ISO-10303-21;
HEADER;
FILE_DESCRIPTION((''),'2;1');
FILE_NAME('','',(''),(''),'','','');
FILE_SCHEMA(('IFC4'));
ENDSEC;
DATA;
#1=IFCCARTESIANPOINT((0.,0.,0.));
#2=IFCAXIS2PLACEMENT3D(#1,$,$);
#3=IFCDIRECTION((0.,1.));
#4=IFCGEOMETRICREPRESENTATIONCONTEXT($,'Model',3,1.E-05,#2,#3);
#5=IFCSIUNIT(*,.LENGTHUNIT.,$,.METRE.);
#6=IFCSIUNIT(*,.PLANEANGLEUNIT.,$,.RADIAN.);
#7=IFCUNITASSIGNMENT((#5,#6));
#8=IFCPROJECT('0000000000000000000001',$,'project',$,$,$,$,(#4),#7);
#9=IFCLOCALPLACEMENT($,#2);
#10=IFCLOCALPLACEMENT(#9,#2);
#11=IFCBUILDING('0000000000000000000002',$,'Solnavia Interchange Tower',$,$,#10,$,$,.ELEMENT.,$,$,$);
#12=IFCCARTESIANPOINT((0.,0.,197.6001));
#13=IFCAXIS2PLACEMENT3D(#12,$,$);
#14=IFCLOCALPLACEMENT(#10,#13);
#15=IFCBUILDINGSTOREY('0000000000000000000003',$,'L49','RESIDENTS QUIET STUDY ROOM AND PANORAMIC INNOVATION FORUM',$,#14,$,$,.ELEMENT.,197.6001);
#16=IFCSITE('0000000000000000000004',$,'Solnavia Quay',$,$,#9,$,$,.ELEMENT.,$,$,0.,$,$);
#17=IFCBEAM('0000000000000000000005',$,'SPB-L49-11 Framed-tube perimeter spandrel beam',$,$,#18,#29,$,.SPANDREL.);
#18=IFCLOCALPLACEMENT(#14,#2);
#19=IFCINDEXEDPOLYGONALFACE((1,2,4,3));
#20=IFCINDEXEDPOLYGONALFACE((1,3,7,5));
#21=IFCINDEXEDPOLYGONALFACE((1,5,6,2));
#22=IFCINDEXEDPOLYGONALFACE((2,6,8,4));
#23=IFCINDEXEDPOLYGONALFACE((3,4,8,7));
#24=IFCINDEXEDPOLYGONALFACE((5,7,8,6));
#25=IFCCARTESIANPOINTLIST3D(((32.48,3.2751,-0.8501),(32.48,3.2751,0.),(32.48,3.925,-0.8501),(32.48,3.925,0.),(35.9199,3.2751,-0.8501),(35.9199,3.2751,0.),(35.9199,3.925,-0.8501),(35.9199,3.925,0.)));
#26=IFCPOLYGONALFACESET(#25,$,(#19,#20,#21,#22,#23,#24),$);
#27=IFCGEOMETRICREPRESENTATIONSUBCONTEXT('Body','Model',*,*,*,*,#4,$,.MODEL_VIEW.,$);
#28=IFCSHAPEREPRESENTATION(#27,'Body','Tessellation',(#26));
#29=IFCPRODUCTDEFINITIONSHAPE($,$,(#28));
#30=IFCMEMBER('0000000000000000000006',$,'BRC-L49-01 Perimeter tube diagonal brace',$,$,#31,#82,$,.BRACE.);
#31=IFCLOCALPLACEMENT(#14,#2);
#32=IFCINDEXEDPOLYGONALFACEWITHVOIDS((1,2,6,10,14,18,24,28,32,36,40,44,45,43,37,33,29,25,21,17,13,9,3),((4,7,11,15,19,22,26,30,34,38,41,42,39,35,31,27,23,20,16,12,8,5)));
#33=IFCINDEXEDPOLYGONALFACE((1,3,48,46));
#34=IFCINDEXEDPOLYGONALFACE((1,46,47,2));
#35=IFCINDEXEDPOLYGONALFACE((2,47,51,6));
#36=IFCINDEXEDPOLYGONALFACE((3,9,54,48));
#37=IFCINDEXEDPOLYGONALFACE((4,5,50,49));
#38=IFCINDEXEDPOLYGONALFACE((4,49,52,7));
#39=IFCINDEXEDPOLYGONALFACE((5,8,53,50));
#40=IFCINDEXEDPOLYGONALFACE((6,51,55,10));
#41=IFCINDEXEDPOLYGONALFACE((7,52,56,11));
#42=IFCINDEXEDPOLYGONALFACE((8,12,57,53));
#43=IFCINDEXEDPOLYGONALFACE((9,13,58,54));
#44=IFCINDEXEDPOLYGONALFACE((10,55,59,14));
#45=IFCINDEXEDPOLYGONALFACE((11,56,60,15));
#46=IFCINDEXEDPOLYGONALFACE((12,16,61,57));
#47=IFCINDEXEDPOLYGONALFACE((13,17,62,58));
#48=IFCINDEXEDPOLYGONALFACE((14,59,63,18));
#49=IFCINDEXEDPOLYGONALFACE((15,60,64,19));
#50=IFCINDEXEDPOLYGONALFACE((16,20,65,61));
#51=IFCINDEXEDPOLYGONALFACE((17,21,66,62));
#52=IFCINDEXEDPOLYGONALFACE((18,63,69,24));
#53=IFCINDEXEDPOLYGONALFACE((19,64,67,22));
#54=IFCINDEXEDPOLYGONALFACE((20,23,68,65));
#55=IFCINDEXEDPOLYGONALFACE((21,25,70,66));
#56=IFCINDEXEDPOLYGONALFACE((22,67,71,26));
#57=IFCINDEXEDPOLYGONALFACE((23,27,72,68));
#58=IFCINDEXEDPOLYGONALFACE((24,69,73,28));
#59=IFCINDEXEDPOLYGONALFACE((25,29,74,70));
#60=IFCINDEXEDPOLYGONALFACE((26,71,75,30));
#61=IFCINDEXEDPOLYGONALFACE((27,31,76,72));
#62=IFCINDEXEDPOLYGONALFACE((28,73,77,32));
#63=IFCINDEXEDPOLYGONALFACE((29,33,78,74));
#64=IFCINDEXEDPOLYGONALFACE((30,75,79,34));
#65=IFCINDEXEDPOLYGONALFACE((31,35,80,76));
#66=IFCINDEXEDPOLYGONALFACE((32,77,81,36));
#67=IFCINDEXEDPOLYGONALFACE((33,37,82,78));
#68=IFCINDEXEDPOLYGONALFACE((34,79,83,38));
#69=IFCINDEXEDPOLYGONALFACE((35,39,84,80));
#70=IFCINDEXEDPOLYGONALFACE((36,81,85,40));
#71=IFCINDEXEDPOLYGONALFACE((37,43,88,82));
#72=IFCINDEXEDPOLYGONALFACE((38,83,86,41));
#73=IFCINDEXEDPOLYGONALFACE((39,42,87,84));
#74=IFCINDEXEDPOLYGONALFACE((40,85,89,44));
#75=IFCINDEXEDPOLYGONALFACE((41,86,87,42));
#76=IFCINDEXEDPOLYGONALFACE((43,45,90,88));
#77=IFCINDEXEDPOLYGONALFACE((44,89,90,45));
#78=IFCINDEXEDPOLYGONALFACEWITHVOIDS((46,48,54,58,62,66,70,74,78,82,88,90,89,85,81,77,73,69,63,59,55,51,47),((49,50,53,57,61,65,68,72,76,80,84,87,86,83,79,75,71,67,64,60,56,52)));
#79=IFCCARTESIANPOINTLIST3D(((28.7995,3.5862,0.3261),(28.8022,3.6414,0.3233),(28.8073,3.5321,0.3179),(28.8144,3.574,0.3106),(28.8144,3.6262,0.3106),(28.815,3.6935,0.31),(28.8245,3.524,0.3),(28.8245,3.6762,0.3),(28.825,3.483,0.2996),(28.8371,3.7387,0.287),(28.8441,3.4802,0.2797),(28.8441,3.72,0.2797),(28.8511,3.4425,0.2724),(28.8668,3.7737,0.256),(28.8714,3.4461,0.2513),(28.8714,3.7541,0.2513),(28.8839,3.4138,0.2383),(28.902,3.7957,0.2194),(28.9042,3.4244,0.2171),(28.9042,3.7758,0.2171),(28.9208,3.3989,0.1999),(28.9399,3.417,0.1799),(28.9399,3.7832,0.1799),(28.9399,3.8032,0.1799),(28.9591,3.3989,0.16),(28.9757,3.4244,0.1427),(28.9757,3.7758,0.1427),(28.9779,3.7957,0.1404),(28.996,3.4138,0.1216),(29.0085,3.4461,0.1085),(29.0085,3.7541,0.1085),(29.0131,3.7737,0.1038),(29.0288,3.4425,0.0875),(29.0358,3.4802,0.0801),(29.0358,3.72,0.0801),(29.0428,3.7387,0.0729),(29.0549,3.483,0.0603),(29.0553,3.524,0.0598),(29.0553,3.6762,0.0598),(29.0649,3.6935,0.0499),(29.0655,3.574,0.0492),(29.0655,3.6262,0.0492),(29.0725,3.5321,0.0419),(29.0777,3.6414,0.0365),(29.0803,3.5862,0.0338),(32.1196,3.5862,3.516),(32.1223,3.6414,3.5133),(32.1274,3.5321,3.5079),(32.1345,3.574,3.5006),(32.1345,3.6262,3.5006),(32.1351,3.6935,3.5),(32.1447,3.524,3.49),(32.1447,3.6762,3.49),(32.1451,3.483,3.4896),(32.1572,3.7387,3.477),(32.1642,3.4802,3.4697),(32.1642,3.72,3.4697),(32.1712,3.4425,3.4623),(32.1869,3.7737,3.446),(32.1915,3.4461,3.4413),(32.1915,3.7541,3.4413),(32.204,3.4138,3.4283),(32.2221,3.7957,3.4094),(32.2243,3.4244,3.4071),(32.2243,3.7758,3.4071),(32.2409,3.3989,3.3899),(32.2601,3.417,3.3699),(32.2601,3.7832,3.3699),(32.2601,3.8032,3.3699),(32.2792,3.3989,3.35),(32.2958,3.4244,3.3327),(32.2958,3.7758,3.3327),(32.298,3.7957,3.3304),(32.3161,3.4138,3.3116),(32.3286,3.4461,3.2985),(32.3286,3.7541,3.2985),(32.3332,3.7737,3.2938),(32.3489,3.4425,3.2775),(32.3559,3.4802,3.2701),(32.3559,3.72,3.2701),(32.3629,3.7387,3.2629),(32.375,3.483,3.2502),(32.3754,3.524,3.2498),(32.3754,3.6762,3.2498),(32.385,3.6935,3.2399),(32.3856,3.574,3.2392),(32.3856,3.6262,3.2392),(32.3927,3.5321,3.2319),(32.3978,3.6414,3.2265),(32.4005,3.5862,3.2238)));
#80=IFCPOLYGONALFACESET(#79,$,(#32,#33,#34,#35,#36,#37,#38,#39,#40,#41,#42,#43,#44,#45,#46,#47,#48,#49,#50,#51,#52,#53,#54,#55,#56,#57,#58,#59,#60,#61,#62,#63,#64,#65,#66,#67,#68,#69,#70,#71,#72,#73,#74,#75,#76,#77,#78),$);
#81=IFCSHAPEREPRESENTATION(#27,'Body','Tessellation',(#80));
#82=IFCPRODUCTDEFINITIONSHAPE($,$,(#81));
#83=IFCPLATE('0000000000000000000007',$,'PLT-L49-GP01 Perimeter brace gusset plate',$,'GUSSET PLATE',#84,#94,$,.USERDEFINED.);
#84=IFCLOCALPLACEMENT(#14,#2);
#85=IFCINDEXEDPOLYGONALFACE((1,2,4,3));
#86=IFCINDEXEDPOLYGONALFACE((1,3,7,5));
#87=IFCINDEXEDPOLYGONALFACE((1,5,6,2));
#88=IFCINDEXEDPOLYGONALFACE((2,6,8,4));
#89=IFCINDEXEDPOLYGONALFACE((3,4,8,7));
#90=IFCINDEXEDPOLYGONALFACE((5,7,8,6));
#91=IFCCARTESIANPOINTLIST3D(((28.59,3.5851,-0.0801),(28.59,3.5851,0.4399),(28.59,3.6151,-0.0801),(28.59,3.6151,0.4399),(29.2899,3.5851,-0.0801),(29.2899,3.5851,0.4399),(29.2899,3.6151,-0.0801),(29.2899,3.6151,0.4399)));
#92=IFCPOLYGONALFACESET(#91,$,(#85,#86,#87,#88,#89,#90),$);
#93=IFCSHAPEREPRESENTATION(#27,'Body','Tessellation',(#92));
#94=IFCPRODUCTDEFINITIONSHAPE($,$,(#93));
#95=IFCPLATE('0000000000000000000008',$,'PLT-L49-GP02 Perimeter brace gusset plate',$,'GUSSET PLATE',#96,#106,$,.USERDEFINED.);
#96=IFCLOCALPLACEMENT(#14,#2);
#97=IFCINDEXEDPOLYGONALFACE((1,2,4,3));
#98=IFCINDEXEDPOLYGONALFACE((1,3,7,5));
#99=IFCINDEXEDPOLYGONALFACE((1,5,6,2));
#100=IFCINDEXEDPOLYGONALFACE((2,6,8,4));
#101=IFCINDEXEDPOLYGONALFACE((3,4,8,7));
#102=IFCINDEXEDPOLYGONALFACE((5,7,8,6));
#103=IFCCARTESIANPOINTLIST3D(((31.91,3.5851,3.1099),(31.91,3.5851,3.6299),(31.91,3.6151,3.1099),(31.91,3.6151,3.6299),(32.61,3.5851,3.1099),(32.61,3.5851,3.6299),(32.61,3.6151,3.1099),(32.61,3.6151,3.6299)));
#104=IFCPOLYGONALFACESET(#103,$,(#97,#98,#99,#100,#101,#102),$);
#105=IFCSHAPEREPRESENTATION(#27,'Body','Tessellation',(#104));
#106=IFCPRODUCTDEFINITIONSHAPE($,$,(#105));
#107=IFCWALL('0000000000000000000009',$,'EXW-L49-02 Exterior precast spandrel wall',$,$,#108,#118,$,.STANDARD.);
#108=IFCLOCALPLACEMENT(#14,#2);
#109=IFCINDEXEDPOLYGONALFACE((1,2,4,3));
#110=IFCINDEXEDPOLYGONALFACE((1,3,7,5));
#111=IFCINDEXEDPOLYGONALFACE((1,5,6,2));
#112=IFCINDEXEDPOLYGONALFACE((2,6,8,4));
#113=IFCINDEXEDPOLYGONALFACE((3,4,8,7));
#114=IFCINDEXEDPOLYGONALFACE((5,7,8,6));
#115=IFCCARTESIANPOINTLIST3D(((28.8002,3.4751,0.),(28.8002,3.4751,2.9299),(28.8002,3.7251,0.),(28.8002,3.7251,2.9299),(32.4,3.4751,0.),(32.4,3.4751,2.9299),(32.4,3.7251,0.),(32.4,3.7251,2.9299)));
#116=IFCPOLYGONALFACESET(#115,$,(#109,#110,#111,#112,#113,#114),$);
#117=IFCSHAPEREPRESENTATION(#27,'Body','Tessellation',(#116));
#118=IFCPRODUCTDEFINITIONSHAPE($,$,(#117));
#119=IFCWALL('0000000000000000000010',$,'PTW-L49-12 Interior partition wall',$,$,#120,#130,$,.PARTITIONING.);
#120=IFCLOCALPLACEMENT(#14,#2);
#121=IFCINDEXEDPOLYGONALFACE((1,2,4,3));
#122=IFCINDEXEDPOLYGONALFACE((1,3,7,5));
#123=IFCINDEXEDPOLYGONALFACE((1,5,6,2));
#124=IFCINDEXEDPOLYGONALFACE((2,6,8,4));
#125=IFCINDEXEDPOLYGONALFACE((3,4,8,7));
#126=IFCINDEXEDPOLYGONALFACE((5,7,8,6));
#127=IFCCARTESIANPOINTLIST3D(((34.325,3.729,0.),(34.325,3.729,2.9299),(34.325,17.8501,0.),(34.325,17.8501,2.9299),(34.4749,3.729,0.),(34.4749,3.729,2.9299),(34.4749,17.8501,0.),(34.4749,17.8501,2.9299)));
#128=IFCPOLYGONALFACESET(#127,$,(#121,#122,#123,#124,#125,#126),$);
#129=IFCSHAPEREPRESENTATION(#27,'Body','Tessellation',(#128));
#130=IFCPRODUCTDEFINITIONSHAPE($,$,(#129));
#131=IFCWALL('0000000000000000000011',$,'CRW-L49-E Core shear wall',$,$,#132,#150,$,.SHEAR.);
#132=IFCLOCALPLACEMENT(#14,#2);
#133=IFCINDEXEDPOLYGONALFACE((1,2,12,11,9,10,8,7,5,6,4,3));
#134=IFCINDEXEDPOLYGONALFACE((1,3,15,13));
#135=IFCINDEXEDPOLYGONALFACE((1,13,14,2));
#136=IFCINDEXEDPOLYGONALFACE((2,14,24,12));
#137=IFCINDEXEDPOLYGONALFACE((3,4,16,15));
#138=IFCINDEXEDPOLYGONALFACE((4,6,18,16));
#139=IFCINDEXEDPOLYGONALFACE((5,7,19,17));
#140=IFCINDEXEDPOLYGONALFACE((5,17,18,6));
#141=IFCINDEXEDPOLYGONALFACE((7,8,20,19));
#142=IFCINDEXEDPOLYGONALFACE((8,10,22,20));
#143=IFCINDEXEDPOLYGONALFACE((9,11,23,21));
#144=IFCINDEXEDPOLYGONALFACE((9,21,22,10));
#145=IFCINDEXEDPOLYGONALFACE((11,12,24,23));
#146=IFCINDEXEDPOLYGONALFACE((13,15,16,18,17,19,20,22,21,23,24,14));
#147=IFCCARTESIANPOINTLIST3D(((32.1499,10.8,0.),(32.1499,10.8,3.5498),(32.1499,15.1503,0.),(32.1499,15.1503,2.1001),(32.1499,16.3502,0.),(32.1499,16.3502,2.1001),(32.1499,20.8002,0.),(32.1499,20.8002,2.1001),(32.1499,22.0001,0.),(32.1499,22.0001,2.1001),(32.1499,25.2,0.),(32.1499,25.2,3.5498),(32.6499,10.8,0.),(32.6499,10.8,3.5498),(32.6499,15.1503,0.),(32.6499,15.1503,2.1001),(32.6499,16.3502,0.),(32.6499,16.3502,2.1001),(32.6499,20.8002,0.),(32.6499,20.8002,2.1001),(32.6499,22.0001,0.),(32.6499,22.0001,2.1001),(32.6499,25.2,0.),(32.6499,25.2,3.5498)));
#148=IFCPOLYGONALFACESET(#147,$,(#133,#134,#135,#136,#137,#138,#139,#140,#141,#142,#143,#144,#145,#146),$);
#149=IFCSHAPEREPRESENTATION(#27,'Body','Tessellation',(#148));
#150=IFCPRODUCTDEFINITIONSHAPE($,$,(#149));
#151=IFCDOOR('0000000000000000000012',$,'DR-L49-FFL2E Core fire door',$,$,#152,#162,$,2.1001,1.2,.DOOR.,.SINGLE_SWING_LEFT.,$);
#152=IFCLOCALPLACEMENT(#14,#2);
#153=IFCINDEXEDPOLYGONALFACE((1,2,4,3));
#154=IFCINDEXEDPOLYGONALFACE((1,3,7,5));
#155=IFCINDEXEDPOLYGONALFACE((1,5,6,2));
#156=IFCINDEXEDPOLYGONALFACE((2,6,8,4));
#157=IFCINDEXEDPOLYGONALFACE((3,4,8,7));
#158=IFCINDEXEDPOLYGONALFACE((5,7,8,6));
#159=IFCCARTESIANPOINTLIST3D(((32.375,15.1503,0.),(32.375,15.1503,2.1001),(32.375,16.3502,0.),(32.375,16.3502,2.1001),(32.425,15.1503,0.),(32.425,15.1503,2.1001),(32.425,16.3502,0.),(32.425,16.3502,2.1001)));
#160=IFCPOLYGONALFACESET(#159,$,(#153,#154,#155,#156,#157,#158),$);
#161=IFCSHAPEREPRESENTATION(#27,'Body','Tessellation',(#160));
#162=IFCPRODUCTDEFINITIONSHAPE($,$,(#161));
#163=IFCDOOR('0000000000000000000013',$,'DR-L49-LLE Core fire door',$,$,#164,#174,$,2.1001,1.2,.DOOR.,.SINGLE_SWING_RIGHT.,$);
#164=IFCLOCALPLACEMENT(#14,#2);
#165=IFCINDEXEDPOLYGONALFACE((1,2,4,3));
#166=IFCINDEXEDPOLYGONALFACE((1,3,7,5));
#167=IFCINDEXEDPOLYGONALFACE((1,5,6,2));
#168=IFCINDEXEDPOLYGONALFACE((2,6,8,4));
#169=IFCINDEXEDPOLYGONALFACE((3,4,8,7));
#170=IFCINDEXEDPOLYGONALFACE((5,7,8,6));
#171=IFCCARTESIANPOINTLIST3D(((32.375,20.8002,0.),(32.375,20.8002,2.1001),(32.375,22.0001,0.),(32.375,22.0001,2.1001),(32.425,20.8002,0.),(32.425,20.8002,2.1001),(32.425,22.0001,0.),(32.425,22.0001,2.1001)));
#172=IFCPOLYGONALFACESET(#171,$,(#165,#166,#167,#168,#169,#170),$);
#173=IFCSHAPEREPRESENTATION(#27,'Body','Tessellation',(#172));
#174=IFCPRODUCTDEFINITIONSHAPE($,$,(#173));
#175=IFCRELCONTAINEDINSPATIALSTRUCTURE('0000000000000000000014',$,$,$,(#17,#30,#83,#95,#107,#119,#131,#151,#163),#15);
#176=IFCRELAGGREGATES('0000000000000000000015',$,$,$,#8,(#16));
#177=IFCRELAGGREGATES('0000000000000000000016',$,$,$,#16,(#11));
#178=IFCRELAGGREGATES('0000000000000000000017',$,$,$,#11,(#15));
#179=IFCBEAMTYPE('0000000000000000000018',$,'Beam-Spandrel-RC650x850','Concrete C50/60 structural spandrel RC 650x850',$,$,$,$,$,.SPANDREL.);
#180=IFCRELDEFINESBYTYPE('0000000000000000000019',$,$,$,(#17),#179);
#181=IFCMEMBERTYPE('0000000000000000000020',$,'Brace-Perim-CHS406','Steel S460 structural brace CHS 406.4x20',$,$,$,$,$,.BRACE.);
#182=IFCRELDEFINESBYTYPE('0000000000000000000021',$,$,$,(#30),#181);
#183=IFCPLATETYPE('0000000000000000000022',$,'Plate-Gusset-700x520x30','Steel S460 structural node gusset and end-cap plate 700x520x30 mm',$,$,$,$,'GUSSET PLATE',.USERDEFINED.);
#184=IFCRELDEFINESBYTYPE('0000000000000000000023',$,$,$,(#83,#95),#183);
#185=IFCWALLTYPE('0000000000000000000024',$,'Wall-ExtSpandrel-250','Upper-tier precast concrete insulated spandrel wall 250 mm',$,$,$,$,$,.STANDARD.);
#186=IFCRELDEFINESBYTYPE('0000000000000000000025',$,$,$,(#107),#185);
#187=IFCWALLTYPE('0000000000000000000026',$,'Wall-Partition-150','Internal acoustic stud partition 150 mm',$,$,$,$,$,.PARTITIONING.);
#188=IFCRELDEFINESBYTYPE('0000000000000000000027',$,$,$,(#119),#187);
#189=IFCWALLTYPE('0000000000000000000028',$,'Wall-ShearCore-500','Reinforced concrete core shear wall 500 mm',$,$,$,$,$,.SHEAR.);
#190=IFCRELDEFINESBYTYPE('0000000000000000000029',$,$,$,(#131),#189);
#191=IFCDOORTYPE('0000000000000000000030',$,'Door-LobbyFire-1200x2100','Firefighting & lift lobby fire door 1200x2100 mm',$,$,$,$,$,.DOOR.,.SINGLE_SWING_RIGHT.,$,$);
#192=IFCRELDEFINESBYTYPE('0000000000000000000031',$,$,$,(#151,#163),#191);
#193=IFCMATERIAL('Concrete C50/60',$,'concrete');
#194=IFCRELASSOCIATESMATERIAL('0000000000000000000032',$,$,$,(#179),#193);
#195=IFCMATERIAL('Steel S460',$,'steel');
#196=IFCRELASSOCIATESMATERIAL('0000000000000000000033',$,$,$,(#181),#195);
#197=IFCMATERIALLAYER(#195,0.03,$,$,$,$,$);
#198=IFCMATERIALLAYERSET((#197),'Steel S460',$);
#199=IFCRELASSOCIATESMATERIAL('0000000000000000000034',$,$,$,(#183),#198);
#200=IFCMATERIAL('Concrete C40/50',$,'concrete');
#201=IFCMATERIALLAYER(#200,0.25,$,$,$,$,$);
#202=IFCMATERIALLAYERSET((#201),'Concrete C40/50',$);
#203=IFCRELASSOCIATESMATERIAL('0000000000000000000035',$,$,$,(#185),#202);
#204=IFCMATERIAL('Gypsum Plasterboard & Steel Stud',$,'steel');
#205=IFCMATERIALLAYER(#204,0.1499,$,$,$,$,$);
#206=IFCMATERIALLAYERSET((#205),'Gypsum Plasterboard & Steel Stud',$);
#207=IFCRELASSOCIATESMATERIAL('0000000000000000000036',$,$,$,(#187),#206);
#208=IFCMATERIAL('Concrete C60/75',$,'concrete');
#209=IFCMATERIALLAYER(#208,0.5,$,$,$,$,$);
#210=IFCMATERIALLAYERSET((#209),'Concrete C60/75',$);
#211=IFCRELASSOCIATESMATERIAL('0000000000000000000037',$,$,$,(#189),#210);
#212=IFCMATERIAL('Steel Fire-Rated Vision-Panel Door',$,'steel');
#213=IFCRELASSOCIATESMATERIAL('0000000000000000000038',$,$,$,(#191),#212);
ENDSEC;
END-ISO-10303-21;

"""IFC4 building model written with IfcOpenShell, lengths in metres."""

from ifc_helpers import new_model, si_unit, direction, frame, frame_2d, origin, origin_2d, place, context, subcontext, project, spatial, rectangle, hollow_circle, extrude, material, layer, layer_set, material_profile, profile_set, type_object, element, fill, save


model = new_model("IFC4")

# Units and contexts
model_context = context("Model", 3, precision=1e-05, world=origin(), true_north=direction((0.0, 1.0)))
body_context = subcontext(model_context, "Body", "Model", "MODEL_VIEW")
ifc_project = project(units=[si_unit("LENGTHUNIT", "METRE"), si_unit("PLANEANGLEUNIT", "RADIAN")], contexts=[model_context])

# Site, building, storey
site_placement = place(None, origin())
site = spatial("IfcSite", under=ifc_project, at=site_placement, Name="Solnavia Quay", CompositionType="ELEMENT", RefElevation=0.0)
building_placement = place(site_placement, origin())
building = spatial("IfcBuilding", under=site, at=building_placement, Name="Solnavia Interchange Tower", CompositionType="ELEMENT")
storey_placement = place(building_placement, frame((0.0, 0.0, 197.6001)))
storey = spatial("IfcBuildingStorey", under=building, at=storey_placement, Name="L49", Description="RESIDENTS QUIET STUDY ROOM AND PANORAMIC INNOVATION FORUM", CompositionType="ELEMENT", Elevation=197.6001)

# Shared definitions
ifc_material_1 = material(Name="Concrete C50/60", Category="concrete")

# Beam
ifc_material_2 = material(Name="Steel S460", Category="steel")
ifc_material_profile_1 = material_profile(ifc_material_1, rectangle(XDim=0.6499, YDim=0.8501, at=origin_2d()), Name="RC 650x850")
ifc_profile_set_1 = profile_set([ifc_material_profile_1], Name="Concrete C50/60")
beam_type_1 = type_object("IfcBeamType", Name="Beam-Spandrel-RC650x850", Description="Concrete C50/60 structural spandrel RC 650x850", PredefinedType="SPANDREL", material=ifc_profile_set_1)
beam_1_placement = place(storey_placement, frame((32.48, 3.6001, -0.425), z_axis=(1.0, 0.0, 0.0), x_axis=(0.0, 1.0, 0.0)))
element("IfcBeam", 1, at=beam_1_placement, inside=storey, type_object=beam_type_1, Name="SPB-L49-11 Framed-tube perimeter spandrel beam", PredefinedType="SPANDREL", context=body_context, shape_type="SweptSolid", body=[
    extrude(rectangle(XDim=0.6499, YDim=0.8501, at=origin_2d()), origin(), (0.0, 0.0, 1.0), 3.4399),
])

# Member
ifc_material_profile_2 = material_profile(ifc_material_2, hollow_circle(Radius=0.2031, WallThickness=0.02, at=origin_2d()), Name="CHS 406.4x20")
ifc_profile_set_2 = profile_set([ifc_material_profile_2], Name="Steel S460")
member_type = type_object("IfcMemberType", Name="Brace-Perim-CHS406", Description="Steel S460 structural brace CHS 406.4x20", PredefinedType="BRACE", material=ifc_profile_set_2)
member_placement = place(storey_placement, frame((28.9399, 3.6001, 0.1799), z_axis=(0.721097, 0.0, 0.692834), x_axis=(0.0, 1.0, 0.0)))
element("IfcMember", 2, at=member_placement, inside=storey, type_object=member_type, Name="BRC-L49-01 Perimeter tube diagonal brace", PredefinedType="BRACE", context=body_context, shape_type="SweptSolid", body=[
    extrude(hollow_circle(Radius=0.2031, WallThickness=0.02, at=origin_2d()), origin(), (0.0, 0.0, 1.0), 4.6042),
])

# Plates
ifc_layer_1 = layer(ifc_material_2, 0.03)
ifc_layer_set_1 = layer_set([ifc_layer_1], Name="Steel S460")
plate_type = type_object("IfcPlateType", Name="Plate-Gusset-700x520x30", Description="Steel S460 structural node gusset and end-cap plate 700x520x30 mm", ElementType="GUSSET PLATE", PredefinedType="USERDEFINED", material=ifc_layer_set_1)
for number, where, z_axis, x_axis, name in (
    (3, (28.9399, 3.6001, -0.0801), (0.0, 0.0, 1.0), (1.0, 0.0, 0.0), "PLT-L49-GP01 Perimeter brace gusset plate"),
    (4, (32.26, 3.6001, 3.1099), (0.0, 0.0, 1.0), (1.0, 0.0, 0.0), "PLT-L49-GP02 Perimeter brace gusset plate"),
):
    element("IfcPlate", number, at=place(storey_placement, frame(where, z_axis=z_axis, x_axis=x_axis)), inside=storey, type_object=plate_type, Name=name, ObjectType="GUSSET PLATE", PredefinedType="USERDEFINED", context=body_context, shape_type="SweptSolid", body=[
        extrude(rectangle(XDim=0.7, YDim=0.03, at=origin_2d()), origin(), (0.0, 0.0, 1.0), 0.52),
    ])

# Walls
ifc_material_3 = material(Name="Concrete C40/50", Category="concrete")
ifc_layer_2 = layer(ifc_material_3, 0.25)
ifc_layer_set_2 = layer_set([ifc_layer_2], Name="Concrete C40/50")
wall_type_1 = type_object("IfcWallType", Name="Wall-ExtSpandrel-250", Description="Upper-tier precast concrete insulated spandrel wall 250 mm", PredefinedType="STANDARD", material=ifc_layer_set_2)
wall_1_placement = place(storey_placement, frame((32.3999, 3.6001, 0.0), z_axis=(0.0, 0.0, 1.0), x_axis=(-1.0, 0.0, 0.0)))
element("IfcWall", 5, at=wall_1_placement, inside=storey, type_object=wall_type_1, Name="EXW-L49-02 Exterior precast spandrel wall", PredefinedType="STANDARD", context=body_context, shape_type="SweptSolid", body=[
    extrude(rectangle(XDim=3.5999, YDim=0.25, at=frame_2d((1.7998, 0.0))), origin(), (0.0, 0.0, 1.0), 2.9299),
])
ifc_material_4 = material(Name="Gypsum Plasterboard & Steel Stud", Category="steel")
ifc_layer_3 = layer(ifc_material_4, 0.1499)
ifc_layer_set_3 = layer_set([ifc_layer_3], Name="Gypsum Plasterboard & Steel Stud")
wall_type_2 = type_object("IfcWallType", Name="Wall-Partition-150", Description="Internal acoustic stud partition 150 mm", PredefinedType="PARTITIONING", material=ifc_layer_set_3)
wall_2_placement = place(storey_placement, frame((34.3999, 3.729, 0.0), z_axis=(0.0, 0.0, 1.0), x_axis=(0.0, 1.0, 0.0)))
element("IfcWall", 6, at=wall_2_placement, inside=storey, type_object=wall_type_2, Name="PTW-L49-12 Interior partition wall", PredefinedType="PARTITIONING", context=body_context, shape_type="SweptSolid", body=[
    extrude(rectangle(XDim=14.1211, YDim=0.1499, at=frame_2d((7.0605, 0.0))), origin(), (0.0, 0.0, 1.0), 2.9299),
])

# Wall, openings, doors
ifc_material_5 = material(Name="Concrete C60/75", Category="concrete")
ifc_layer_4 = layer(ifc_material_5, 0.5)
ifc_layer_set_4 = layer_set([ifc_layer_4], Name="Concrete C60/75")
wall_type_3 = type_object("IfcWallType", Name="Wall-ShearCore-500", Description="Reinforced concrete core shear wall 500 mm", PredefinedType="SHEAR", material=ifc_layer_set_4)
wall_3_placement = place(storey_placement, frame((32.3999, 10.8, 0.0), z_axis=(0.0, 0.0, 1.0), x_axis=(0.0, 1.0, 0.0)))
wall_3 = element("IfcWall", 7, at=wall_3_placement, inside=storey, type_object=wall_type_3, Name="CRW-L49-E Core shear wall", PredefinedType="SHEAR", context=body_context, shape_type="SweptSolid", body=[
    extrude(rectangle(XDim=14.3999, YDim=0.5, at=frame_2d((7.2, 0.0))), origin(), (0.0, 0.0, 1.0), 3.5498),
])
opening_1_placement = place(wall_3_placement, frame((4.3501, 0.0, 0.0)))
opening_1 = element("IfcOpeningElement", 8, at=opening_1_placement, cuts=wall_3, PredefinedType="OPENING", context=body_context, shape_type="SweptSolid", body=[
    extrude(rectangle(XDim=1.2, YDim=2.1001, at=frame_2d((0.6001, 1.05))), frame((0.0, 0.26, 0.0), z_axis=(0.0, -1.0, 0.0), x_axis=(1.0, 0.0, 0.0)), (0.0, 0.0, 1.0), 0.52),
])
opening_2_placement = place(wall_3_placement, frame((10.0, 0.0, 0.0)))
opening_2 = element("IfcOpeningElement", 9, at=opening_2_placement, cuts=wall_3, PredefinedType="OPENING", context=body_context, shape_type="SweptSolid", body=[
    extrude(rectangle(XDim=1.2, YDim=2.1001, at=frame_2d((0.6001, 1.05))), frame((0.0, 0.26, 0.0), z_axis=(0.0, -1.0, 0.0), x_axis=(1.0, 0.0, 0.0)), (0.0, 0.0, 1.0), 0.52),
])
ifc_material_6 = material(Name="Steel Fire-Rated Vision-Panel Door", Category="steel")
door_type = type_object("IfcDoorType", Name="Door-LobbyFire-1200x2100", Description="Firefighting & lift lobby fire door 1200x2100 mm", OperationType="SINGLE_SWING_RIGHT", PredefinedType="DOOR", material=ifc_material_6)
door_1_placement = place(opening_1_placement, origin())
door_1 = element("IfcDoor", 10, at=door_1_placement, inside=storey, type_object=door_type, Name="DR-L49-FFL2E Core fire door", OperationType="SINGLE_SWING_LEFT", OverallHeight=2.1001, OverallWidth=1.2, PredefinedType="DOOR", context=body_context, shape_type="SweptSolid", body=[
    extrude(rectangle(XDim=1.2, YDim=2.1001, at=frame_2d((0.6001, 1.05))), frame((0.0, 0.0249, 0.0), z_axis=(0.0, -1.0, 0.0), x_axis=(1.0, 0.0, 0.0)), (0.0, 0.0, 1.0), 0.05),
])
fill(opening_1, door_1)
door_2_placement = place(opening_2_placement, origin())
door_2 = element("IfcDoor", 11, at=door_2_placement, inside=storey, type_object=door_type, Name="DR-L49-LLE Core fire door", OperationType="SINGLE_SWING_RIGHT", OverallHeight=2.1001, OverallWidth=1.2, PredefinedType="DOOR", context=body_context, shape_type="SweptSolid", body=[
    extrude(rectangle(XDim=1.2, YDim=2.1001, at=frame_2d((0.6001, 1.05))), frame((0.0, 0.0249, 0.0), z_axis=(0.0, -1.0, 0.0), x_axis=(1.0, 0.0, 0.0)), (0.0, 0.0, 1.0), 0.05),
])
fill(opening_2, door_2)

save(model, "model.ifc")
